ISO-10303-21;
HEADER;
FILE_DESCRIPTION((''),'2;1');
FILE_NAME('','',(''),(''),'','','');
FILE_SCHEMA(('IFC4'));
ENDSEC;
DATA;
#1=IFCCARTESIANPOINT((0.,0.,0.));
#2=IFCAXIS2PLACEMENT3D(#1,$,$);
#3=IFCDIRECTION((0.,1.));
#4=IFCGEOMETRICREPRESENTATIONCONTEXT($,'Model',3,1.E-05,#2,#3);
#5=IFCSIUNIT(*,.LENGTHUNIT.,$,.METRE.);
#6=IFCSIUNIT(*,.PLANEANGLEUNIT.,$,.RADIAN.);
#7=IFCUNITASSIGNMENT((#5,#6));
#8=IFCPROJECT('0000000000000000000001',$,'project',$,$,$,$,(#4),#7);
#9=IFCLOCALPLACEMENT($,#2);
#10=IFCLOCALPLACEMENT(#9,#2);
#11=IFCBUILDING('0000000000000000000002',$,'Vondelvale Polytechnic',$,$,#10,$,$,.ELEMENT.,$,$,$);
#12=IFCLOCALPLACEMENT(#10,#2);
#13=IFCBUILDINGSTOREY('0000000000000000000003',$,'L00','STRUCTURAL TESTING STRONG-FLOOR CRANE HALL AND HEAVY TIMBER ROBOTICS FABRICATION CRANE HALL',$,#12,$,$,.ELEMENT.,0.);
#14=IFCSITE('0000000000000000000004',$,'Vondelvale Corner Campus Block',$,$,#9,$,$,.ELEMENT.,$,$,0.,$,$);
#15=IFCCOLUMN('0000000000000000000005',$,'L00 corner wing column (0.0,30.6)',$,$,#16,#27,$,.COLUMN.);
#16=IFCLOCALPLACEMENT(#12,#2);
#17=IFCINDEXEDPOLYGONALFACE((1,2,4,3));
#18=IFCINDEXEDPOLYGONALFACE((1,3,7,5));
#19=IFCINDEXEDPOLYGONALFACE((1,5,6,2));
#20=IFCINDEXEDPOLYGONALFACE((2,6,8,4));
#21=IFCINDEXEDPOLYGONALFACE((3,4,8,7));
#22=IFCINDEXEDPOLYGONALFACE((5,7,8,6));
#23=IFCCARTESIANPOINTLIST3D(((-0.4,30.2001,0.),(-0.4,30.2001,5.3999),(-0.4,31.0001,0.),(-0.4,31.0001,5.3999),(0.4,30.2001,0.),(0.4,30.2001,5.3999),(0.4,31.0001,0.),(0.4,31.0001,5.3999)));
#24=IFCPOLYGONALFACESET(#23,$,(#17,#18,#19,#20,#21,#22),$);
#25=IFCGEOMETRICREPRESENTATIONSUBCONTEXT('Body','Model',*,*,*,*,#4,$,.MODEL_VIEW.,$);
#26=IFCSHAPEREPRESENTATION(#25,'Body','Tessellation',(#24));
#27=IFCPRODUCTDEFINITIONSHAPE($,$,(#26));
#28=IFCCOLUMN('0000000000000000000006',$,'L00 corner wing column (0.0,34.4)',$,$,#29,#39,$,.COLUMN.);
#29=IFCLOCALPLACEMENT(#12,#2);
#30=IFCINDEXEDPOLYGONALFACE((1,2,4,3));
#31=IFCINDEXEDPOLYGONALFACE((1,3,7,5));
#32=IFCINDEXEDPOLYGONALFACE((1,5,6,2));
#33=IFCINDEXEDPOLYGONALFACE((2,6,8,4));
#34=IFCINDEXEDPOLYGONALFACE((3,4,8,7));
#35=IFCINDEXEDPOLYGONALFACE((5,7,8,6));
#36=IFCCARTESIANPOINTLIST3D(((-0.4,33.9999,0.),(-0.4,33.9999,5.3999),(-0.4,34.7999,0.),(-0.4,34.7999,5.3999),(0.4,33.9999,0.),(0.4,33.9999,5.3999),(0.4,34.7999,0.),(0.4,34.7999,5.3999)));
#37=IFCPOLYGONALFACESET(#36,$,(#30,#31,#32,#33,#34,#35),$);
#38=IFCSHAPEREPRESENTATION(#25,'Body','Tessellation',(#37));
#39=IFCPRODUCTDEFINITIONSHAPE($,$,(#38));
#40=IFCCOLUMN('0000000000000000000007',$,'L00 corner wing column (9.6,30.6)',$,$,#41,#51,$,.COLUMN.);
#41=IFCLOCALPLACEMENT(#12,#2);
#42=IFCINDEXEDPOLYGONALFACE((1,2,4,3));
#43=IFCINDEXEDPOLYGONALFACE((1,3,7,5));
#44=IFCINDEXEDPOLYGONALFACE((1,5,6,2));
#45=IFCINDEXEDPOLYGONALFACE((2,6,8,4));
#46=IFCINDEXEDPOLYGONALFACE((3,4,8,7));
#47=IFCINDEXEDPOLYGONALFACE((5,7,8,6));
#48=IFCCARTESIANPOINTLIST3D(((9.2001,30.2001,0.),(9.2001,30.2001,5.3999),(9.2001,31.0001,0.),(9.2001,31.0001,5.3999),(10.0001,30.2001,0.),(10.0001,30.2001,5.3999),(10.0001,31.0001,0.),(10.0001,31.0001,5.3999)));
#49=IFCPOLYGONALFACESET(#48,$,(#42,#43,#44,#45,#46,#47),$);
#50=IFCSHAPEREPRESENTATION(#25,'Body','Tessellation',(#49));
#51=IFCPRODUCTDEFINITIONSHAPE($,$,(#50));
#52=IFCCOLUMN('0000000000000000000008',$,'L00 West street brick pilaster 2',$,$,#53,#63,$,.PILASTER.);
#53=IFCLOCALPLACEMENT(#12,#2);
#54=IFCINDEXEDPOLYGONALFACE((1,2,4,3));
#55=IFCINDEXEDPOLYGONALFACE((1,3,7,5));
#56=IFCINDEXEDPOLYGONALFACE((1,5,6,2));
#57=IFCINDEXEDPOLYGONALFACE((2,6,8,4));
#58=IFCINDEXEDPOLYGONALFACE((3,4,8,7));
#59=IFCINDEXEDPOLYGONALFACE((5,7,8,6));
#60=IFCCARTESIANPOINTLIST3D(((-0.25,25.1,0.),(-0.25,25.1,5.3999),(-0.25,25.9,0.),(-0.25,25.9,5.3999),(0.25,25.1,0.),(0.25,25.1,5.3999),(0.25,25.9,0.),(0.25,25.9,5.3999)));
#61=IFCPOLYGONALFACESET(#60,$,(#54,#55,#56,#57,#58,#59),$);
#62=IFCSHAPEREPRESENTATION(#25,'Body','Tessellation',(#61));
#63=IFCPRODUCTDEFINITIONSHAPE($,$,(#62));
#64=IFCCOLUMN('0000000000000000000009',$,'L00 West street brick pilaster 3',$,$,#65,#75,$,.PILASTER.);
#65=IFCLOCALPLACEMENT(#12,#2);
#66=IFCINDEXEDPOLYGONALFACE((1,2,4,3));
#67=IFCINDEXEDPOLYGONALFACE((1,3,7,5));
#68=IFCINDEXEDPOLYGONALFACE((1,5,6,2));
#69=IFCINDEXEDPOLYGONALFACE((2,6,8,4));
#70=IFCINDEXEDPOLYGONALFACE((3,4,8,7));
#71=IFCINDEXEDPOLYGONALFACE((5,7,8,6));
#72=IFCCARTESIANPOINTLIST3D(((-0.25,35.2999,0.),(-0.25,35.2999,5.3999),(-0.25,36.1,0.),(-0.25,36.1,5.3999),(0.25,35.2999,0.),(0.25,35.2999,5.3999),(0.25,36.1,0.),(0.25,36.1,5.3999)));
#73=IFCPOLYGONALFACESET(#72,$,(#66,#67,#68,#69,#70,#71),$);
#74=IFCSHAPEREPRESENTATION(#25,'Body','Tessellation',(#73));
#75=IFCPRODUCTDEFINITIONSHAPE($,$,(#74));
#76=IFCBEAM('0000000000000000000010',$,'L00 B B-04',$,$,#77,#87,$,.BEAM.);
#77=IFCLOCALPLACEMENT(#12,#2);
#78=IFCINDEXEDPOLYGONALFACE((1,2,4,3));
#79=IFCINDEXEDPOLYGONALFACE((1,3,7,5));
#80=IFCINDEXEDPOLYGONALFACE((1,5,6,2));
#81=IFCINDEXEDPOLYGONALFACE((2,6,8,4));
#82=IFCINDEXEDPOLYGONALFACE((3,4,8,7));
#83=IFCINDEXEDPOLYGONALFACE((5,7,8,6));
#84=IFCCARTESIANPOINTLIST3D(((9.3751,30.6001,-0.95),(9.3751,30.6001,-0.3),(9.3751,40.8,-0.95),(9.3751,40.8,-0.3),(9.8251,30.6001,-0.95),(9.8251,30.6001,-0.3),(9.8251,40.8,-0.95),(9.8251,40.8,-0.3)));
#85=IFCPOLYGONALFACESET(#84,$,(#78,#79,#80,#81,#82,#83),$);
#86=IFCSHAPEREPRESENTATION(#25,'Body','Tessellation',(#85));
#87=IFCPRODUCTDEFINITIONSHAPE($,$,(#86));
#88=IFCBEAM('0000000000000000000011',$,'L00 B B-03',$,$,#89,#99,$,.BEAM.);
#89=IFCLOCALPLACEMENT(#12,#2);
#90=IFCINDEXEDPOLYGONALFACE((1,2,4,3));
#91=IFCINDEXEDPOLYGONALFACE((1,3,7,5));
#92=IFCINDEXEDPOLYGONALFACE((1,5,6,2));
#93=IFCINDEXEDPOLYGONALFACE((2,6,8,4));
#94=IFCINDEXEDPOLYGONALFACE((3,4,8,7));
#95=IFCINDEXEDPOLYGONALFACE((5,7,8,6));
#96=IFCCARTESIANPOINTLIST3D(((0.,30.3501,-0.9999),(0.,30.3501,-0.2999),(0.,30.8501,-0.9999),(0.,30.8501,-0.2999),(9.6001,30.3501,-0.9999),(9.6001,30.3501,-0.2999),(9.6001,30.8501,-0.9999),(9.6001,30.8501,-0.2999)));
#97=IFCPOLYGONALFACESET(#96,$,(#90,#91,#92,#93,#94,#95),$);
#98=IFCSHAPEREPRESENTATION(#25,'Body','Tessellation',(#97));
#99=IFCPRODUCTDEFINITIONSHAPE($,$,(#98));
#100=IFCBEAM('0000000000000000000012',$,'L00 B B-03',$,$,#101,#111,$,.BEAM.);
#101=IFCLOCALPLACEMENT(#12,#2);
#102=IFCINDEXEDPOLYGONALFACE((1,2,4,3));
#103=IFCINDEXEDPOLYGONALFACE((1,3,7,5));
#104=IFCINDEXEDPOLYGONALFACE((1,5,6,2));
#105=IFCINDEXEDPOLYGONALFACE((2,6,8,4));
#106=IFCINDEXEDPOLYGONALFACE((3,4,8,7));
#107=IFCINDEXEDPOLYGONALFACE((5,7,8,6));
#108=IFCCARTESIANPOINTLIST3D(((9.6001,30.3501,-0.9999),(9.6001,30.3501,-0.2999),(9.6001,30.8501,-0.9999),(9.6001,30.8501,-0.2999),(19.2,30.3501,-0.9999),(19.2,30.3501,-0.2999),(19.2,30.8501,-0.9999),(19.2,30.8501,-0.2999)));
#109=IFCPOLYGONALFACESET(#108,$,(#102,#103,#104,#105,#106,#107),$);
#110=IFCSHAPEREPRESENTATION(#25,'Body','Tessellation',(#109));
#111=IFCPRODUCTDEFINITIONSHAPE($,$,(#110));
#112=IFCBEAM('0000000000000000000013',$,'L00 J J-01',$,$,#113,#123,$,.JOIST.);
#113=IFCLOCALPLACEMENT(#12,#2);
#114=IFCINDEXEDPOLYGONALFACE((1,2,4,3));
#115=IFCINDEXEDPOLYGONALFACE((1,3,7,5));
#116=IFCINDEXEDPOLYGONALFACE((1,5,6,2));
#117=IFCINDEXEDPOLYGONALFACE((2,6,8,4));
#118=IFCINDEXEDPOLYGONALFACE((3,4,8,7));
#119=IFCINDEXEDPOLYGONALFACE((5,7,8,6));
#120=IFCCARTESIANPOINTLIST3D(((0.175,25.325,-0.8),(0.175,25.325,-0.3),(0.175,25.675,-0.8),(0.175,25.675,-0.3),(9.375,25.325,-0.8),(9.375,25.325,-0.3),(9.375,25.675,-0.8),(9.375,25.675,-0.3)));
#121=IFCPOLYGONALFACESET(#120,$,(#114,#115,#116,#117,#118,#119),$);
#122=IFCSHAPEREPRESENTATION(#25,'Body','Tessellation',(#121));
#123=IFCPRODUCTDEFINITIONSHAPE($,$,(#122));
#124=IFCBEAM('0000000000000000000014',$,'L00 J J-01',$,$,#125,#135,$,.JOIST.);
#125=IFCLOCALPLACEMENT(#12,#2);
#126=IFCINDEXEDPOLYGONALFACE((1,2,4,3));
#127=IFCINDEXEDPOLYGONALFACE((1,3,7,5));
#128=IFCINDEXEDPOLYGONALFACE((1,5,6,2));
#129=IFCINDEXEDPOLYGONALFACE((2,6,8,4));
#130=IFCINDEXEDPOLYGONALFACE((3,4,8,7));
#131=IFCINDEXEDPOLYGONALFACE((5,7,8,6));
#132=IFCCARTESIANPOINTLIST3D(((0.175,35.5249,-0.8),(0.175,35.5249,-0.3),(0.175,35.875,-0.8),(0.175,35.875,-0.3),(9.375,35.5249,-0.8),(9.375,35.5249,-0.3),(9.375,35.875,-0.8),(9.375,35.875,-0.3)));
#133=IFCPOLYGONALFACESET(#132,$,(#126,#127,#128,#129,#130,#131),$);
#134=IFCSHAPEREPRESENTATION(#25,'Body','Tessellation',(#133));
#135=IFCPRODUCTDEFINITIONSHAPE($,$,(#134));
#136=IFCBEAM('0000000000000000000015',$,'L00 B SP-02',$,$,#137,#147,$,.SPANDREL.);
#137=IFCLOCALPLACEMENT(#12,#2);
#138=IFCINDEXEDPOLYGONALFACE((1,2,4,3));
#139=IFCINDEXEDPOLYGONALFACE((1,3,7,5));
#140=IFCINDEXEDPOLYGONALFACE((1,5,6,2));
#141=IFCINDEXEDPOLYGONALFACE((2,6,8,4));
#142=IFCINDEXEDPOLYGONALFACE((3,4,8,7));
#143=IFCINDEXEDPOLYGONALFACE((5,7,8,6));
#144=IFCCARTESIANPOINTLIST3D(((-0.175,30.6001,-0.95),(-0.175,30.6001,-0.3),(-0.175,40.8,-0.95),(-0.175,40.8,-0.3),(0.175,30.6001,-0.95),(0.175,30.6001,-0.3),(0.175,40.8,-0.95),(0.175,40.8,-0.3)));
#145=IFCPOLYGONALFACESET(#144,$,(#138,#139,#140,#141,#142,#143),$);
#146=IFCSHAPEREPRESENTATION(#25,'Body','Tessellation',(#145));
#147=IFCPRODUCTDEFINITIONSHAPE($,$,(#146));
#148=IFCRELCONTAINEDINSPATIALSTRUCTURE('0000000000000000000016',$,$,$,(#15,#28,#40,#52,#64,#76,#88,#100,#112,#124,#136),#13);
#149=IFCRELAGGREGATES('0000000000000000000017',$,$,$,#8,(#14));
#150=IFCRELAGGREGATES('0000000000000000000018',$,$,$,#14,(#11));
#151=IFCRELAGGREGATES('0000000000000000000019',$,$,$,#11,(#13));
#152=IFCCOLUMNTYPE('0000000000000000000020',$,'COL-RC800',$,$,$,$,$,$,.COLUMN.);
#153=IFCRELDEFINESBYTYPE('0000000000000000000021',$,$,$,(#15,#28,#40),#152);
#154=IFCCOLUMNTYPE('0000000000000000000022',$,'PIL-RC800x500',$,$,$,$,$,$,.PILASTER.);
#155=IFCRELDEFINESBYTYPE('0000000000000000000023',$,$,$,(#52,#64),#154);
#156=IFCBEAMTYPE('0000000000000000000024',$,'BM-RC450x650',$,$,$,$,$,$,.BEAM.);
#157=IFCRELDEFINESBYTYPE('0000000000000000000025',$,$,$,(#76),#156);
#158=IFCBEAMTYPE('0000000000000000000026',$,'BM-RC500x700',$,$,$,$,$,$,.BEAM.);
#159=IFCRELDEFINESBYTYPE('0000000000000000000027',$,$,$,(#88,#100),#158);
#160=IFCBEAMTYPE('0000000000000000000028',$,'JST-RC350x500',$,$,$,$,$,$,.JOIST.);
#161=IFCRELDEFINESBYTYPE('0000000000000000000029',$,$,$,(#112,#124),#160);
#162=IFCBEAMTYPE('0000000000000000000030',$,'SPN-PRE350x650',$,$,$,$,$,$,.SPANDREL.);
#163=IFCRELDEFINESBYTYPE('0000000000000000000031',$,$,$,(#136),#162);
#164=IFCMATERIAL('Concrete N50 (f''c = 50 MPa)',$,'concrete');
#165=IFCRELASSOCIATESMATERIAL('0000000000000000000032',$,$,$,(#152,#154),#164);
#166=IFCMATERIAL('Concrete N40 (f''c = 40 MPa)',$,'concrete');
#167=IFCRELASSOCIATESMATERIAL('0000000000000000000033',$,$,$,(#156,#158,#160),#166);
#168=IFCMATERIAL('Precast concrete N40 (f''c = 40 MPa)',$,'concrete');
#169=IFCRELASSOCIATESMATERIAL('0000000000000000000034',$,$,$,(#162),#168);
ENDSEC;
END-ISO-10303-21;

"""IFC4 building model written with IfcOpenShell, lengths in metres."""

from ifc_helpers import new_model, si_unit, direction, frame, origin, origin_2d, place, context, subcontext, project, spatial, rectangle, extrude, material, material_profile, profile_set, type_object, element, save


model = new_model("IFC4")

# Units and contexts
model_context = context("Model", 3, precision=1e-05, world=origin(), true_north=direction((0.0, 1.0)))
body_context = subcontext(model_context, "Body", "Model", "MODEL_VIEW")
ifc_project = project(units=[si_unit("LENGTHUNIT", "METRE"), si_unit("PLANEANGLEUNIT", "RADIAN")], contexts=[model_context])

# Site, building, storey
site_placement = place(None, origin())
site = spatial("IfcSite", under=ifc_project, at=site_placement, Name="Vondelvale Corner Campus Block", CompositionType="ELEMENT", RefElevation=0.0)
building_placement = place(site_placement, origin())
building = spatial("IfcBuilding", under=site, at=building_placement, Name="Vondelvale Polytechnic", CompositionType="ELEMENT")
storey_placement = place(building_placement, origin())
storey = spatial("IfcBuildingStorey", under=building, at=storey_placement, Name="L00", Description="STRUCTURAL TESTING STRONG-FLOOR CRANE HALL AND HEAVY TIMBER ROBOTICS FABRICATION CRANE HALL", CompositionType="ELEMENT", Elevation=0.0)

# Columns
ifc_material_1 = material(Name="Concrete N50 (f'c = 50 MPa)", Category="concrete")
ifc_material_profile_1 = material_profile(ifc_material_1, rectangle(XDim=0.8, YDim=0.8, at=origin_2d()), Name="RC-COL-800x800")
ifc_profile_set_1 = profile_set([ifc_material_profile_1], Name="Concrete N50 (f'c = 50 MPa)")
column_type_1 = type_object("IfcColumnType", Name="COL-RC800", PredefinedType="COLUMN", material=ifc_profile_set_1)
for number, where, z_axis, x_axis, name in (
    (1, (0.0, 30.6001, 0.0), (0.0, 0.0, 1.0), (1.0, 0.0, 0.0), "L00 corner wing column (0.0,30.6)"),
    (2, (0.0, 34.3999, 0.0), (0.0, 0.0, 1.0), (1.0, 0.0, 0.0), "L00 corner wing column (0.0,34.4)"),
    (3, (9.6001, 30.6001, 0.0), (0.0, 0.0, 1.0), (1.0, 0.0, 0.0), "L00 corner wing column (9.6,30.6)"),
):
    element("IfcColumn", number, at=place(storey_placement, frame(where, z_axis=z_axis, x_axis=x_axis)), inside=storey, type_object=column_type_1, Name=name, PredefinedType="COLUMN", context=body_context, shape_type="SweptSolid", body=[
        extrude(rectangle(XDim=0.8, YDim=0.8, at=origin_2d()), origin(), (0.0, 0.0, 1.0), 5.3999),
    ])
ifc_material_profile_2 = material_profile(ifc_material_1, rectangle(XDim=0.5, YDim=0.8, at=origin_2d()), Name="RC-PIL-800x500")
ifc_profile_set_2 = profile_set([ifc_material_profile_2], Name="Concrete N50 (f'c = 50 MPa)")
column_type_2 = type_object("IfcColumnType", Name="PIL-RC800x500", PredefinedType="PILASTER", material=ifc_profile_set_2)
for number, where, z_axis, x_axis, name in (
    (4, (0.0, 25.5, 0.0), (0.0, 0.0, 1.0), (1.0, 0.0, 0.0), "L00 West street brick pilaster 2"),
    (5, (0.0, 35.7, 0.0), (0.0, 0.0, 1.0), (1.0, 0.0, 0.0), "L00 West street brick pilaster 3"),
):
    element("IfcColumn", number, at=place(storey_placement, frame(where, z_axis=z_axis, x_axis=x_axis)), inside=storey, type_object=column_type_2, Name=name, PredefinedType="PILASTER", context=body_context, shape_type="SweptSolid", body=[
        extrude(rectangle(XDim=0.5, YDim=0.8, at=origin_2d()), origin(), (0.0, 0.0, 1.0), 5.3999),
    ])

# Beams
ifc_material_2 = material(Name="Concrete N40 (f'c = 40 MPa)", Category="concrete")
ifc_material_profile_3 = material_profile(ifc_material_2, rectangle(XDim=0.45, YDim=0.6499, at=origin_2d()), Name="RC-BM-450x650")
ifc_profile_set_3 = profile_set([ifc_material_profile_3], Name="Concrete N40 (f'c = 40 MPa)")
beam_type_1 = type_object("IfcBeamType", Name="BM-RC450x650", PredefinedType="BEAM", material=ifc_profile_set_3)
beam_1_placement = place(storey_placement, frame((9.6001, 30.6001, -0.625), z_axis=(0.0, 1.0, 0.0), x_axis=(-1.0, 0.0, 0.0)))
element("IfcBeam", 6, at=beam_1_placement, inside=storey, type_object=beam_type_1, Name="L00 B B-04", PredefinedType="BEAM", context=body_context, shape_type="SweptSolid", body=[
    extrude(rectangle(XDim=0.45, YDim=0.6499, at=origin_2d()), origin(), (0.0, 0.0, 1.0), 10.2),
])
ifc_material_profile_4 = material_profile(ifc_material_2, rectangle(XDim=0.5, YDim=0.7, at=origin_2d()), Name="RC-BM-500x700")
ifc_profile_set_4 = profile_set([ifc_material_profile_4], Name="Concrete N40 (f'c = 40 MPa)")
beam_type_2 = type_object("IfcBeamType", Name="BM-RC500x700", PredefinedType="BEAM", material=ifc_profile_set_4)
beam_2_placement = place(storey_placement, frame((0.0, 30.6001, -0.6499), z_axis=(1.0, 0.0, 0.0), x_axis=(0.0, 1.0, 0.0)))
element("IfcBeam", 7, at=beam_2_placement, inside=storey, type_object=beam_type_2, Name="L00 B B-03", PredefinedType="BEAM", context=body_context, shape_type="SweptSolid", body=[
    extrude(rectangle(XDim=0.5, YDim=0.7, at=origin_2d()), origin(), (0.0, 0.0, 1.0), 9.6001),
])
beam_3_placement = place(storey_placement, frame((9.6001, 30.6001, -0.6499), z_axis=(1.0, 0.0, 0.0), x_axis=(0.0, 1.0, 0.0)))
element("IfcBeam", 8, at=beam_3_placement, inside=storey, type_object=beam_type_2, Name="L00 B B-03", PredefinedType="BEAM", context=body_context, shape_type="SweptSolid", body=[
    extrude(rectangle(XDim=0.5, YDim=0.7, at=origin_2d()), origin(), (0.0, 0.0, 1.0), 9.5999),
])
ifc_material_profile_5 = material_profile(ifc_material_2, rectangle(XDim=0.3501, YDim=0.5, at=origin_2d()), Name="RC-JST-350x500")
ifc_profile_set_5 = profile_set([ifc_material_profile_5], Name="Concrete N40 (f'c = 40 MPa)")
beam_type_3 = type_object("IfcBeamType", Name="JST-RC350x500", PredefinedType="JOIST", material=ifc_profile_set_5)
for number, where, z_axis, x_axis, name in (
    (9, (0.175, 25.5, -0.55), (1.0, 0.0, 0.0), (0.0, 1.0, 0.0), "L00 J J-01"),
    (10, (0.175, 35.7, -0.55), (1.0, 0.0, 0.0), (0.0, 1.0, 0.0), "L00 J J-01"),
):
    element("IfcBeam", number, at=place(storey_placement, frame(where, z_axis=z_axis, x_axis=x_axis)), inside=storey, type_object=beam_type_3, Name=name, PredefinedType="JOIST", context=body_context, shape_type="SweptSolid", body=[
        extrude(rectangle(XDim=0.3501, YDim=0.5, at=origin_2d()), origin(), (0.0, 0.0, 1.0), 9.2),
    ])
ifc_material_3 = material(Name="Precast concrete N40 (f'c = 40 MPa)", Category="concrete")
ifc_material_profile_6 = material_profile(ifc_material_3, rectangle(XDim=0.3501, YDim=0.6499, at=origin_2d()), Name="RC-SPN-350x650")
ifc_profile_set_6 = profile_set([ifc_material_profile_6], Name="Precast concrete N40 (f'c = 40 MPa)")
beam_type_4 = type_object("IfcBeamType", Name="SPN-PRE350x650", PredefinedType="SPANDREL", material=ifc_profile_set_6)
beam_4_placement = place(storey_placement, frame((0.0, 30.6001, -0.625), z_axis=(0.0, 1.0, 0.0), x_axis=(-1.0, 0.0, 0.0)))
element("IfcBeam", 11, at=beam_4_placement, inside=storey, type_object=beam_type_4, Name="L00 B SP-02", PredefinedType="SPANDREL", context=body_context, shape_type="SweptSolid", body=[
    extrude(rectangle(XDim=0.3501, YDim=0.6499, at=origin_2d()), origin(), (0.0, 0.0, 1.0), 10.2),
])

save(model, "model.ifc")
